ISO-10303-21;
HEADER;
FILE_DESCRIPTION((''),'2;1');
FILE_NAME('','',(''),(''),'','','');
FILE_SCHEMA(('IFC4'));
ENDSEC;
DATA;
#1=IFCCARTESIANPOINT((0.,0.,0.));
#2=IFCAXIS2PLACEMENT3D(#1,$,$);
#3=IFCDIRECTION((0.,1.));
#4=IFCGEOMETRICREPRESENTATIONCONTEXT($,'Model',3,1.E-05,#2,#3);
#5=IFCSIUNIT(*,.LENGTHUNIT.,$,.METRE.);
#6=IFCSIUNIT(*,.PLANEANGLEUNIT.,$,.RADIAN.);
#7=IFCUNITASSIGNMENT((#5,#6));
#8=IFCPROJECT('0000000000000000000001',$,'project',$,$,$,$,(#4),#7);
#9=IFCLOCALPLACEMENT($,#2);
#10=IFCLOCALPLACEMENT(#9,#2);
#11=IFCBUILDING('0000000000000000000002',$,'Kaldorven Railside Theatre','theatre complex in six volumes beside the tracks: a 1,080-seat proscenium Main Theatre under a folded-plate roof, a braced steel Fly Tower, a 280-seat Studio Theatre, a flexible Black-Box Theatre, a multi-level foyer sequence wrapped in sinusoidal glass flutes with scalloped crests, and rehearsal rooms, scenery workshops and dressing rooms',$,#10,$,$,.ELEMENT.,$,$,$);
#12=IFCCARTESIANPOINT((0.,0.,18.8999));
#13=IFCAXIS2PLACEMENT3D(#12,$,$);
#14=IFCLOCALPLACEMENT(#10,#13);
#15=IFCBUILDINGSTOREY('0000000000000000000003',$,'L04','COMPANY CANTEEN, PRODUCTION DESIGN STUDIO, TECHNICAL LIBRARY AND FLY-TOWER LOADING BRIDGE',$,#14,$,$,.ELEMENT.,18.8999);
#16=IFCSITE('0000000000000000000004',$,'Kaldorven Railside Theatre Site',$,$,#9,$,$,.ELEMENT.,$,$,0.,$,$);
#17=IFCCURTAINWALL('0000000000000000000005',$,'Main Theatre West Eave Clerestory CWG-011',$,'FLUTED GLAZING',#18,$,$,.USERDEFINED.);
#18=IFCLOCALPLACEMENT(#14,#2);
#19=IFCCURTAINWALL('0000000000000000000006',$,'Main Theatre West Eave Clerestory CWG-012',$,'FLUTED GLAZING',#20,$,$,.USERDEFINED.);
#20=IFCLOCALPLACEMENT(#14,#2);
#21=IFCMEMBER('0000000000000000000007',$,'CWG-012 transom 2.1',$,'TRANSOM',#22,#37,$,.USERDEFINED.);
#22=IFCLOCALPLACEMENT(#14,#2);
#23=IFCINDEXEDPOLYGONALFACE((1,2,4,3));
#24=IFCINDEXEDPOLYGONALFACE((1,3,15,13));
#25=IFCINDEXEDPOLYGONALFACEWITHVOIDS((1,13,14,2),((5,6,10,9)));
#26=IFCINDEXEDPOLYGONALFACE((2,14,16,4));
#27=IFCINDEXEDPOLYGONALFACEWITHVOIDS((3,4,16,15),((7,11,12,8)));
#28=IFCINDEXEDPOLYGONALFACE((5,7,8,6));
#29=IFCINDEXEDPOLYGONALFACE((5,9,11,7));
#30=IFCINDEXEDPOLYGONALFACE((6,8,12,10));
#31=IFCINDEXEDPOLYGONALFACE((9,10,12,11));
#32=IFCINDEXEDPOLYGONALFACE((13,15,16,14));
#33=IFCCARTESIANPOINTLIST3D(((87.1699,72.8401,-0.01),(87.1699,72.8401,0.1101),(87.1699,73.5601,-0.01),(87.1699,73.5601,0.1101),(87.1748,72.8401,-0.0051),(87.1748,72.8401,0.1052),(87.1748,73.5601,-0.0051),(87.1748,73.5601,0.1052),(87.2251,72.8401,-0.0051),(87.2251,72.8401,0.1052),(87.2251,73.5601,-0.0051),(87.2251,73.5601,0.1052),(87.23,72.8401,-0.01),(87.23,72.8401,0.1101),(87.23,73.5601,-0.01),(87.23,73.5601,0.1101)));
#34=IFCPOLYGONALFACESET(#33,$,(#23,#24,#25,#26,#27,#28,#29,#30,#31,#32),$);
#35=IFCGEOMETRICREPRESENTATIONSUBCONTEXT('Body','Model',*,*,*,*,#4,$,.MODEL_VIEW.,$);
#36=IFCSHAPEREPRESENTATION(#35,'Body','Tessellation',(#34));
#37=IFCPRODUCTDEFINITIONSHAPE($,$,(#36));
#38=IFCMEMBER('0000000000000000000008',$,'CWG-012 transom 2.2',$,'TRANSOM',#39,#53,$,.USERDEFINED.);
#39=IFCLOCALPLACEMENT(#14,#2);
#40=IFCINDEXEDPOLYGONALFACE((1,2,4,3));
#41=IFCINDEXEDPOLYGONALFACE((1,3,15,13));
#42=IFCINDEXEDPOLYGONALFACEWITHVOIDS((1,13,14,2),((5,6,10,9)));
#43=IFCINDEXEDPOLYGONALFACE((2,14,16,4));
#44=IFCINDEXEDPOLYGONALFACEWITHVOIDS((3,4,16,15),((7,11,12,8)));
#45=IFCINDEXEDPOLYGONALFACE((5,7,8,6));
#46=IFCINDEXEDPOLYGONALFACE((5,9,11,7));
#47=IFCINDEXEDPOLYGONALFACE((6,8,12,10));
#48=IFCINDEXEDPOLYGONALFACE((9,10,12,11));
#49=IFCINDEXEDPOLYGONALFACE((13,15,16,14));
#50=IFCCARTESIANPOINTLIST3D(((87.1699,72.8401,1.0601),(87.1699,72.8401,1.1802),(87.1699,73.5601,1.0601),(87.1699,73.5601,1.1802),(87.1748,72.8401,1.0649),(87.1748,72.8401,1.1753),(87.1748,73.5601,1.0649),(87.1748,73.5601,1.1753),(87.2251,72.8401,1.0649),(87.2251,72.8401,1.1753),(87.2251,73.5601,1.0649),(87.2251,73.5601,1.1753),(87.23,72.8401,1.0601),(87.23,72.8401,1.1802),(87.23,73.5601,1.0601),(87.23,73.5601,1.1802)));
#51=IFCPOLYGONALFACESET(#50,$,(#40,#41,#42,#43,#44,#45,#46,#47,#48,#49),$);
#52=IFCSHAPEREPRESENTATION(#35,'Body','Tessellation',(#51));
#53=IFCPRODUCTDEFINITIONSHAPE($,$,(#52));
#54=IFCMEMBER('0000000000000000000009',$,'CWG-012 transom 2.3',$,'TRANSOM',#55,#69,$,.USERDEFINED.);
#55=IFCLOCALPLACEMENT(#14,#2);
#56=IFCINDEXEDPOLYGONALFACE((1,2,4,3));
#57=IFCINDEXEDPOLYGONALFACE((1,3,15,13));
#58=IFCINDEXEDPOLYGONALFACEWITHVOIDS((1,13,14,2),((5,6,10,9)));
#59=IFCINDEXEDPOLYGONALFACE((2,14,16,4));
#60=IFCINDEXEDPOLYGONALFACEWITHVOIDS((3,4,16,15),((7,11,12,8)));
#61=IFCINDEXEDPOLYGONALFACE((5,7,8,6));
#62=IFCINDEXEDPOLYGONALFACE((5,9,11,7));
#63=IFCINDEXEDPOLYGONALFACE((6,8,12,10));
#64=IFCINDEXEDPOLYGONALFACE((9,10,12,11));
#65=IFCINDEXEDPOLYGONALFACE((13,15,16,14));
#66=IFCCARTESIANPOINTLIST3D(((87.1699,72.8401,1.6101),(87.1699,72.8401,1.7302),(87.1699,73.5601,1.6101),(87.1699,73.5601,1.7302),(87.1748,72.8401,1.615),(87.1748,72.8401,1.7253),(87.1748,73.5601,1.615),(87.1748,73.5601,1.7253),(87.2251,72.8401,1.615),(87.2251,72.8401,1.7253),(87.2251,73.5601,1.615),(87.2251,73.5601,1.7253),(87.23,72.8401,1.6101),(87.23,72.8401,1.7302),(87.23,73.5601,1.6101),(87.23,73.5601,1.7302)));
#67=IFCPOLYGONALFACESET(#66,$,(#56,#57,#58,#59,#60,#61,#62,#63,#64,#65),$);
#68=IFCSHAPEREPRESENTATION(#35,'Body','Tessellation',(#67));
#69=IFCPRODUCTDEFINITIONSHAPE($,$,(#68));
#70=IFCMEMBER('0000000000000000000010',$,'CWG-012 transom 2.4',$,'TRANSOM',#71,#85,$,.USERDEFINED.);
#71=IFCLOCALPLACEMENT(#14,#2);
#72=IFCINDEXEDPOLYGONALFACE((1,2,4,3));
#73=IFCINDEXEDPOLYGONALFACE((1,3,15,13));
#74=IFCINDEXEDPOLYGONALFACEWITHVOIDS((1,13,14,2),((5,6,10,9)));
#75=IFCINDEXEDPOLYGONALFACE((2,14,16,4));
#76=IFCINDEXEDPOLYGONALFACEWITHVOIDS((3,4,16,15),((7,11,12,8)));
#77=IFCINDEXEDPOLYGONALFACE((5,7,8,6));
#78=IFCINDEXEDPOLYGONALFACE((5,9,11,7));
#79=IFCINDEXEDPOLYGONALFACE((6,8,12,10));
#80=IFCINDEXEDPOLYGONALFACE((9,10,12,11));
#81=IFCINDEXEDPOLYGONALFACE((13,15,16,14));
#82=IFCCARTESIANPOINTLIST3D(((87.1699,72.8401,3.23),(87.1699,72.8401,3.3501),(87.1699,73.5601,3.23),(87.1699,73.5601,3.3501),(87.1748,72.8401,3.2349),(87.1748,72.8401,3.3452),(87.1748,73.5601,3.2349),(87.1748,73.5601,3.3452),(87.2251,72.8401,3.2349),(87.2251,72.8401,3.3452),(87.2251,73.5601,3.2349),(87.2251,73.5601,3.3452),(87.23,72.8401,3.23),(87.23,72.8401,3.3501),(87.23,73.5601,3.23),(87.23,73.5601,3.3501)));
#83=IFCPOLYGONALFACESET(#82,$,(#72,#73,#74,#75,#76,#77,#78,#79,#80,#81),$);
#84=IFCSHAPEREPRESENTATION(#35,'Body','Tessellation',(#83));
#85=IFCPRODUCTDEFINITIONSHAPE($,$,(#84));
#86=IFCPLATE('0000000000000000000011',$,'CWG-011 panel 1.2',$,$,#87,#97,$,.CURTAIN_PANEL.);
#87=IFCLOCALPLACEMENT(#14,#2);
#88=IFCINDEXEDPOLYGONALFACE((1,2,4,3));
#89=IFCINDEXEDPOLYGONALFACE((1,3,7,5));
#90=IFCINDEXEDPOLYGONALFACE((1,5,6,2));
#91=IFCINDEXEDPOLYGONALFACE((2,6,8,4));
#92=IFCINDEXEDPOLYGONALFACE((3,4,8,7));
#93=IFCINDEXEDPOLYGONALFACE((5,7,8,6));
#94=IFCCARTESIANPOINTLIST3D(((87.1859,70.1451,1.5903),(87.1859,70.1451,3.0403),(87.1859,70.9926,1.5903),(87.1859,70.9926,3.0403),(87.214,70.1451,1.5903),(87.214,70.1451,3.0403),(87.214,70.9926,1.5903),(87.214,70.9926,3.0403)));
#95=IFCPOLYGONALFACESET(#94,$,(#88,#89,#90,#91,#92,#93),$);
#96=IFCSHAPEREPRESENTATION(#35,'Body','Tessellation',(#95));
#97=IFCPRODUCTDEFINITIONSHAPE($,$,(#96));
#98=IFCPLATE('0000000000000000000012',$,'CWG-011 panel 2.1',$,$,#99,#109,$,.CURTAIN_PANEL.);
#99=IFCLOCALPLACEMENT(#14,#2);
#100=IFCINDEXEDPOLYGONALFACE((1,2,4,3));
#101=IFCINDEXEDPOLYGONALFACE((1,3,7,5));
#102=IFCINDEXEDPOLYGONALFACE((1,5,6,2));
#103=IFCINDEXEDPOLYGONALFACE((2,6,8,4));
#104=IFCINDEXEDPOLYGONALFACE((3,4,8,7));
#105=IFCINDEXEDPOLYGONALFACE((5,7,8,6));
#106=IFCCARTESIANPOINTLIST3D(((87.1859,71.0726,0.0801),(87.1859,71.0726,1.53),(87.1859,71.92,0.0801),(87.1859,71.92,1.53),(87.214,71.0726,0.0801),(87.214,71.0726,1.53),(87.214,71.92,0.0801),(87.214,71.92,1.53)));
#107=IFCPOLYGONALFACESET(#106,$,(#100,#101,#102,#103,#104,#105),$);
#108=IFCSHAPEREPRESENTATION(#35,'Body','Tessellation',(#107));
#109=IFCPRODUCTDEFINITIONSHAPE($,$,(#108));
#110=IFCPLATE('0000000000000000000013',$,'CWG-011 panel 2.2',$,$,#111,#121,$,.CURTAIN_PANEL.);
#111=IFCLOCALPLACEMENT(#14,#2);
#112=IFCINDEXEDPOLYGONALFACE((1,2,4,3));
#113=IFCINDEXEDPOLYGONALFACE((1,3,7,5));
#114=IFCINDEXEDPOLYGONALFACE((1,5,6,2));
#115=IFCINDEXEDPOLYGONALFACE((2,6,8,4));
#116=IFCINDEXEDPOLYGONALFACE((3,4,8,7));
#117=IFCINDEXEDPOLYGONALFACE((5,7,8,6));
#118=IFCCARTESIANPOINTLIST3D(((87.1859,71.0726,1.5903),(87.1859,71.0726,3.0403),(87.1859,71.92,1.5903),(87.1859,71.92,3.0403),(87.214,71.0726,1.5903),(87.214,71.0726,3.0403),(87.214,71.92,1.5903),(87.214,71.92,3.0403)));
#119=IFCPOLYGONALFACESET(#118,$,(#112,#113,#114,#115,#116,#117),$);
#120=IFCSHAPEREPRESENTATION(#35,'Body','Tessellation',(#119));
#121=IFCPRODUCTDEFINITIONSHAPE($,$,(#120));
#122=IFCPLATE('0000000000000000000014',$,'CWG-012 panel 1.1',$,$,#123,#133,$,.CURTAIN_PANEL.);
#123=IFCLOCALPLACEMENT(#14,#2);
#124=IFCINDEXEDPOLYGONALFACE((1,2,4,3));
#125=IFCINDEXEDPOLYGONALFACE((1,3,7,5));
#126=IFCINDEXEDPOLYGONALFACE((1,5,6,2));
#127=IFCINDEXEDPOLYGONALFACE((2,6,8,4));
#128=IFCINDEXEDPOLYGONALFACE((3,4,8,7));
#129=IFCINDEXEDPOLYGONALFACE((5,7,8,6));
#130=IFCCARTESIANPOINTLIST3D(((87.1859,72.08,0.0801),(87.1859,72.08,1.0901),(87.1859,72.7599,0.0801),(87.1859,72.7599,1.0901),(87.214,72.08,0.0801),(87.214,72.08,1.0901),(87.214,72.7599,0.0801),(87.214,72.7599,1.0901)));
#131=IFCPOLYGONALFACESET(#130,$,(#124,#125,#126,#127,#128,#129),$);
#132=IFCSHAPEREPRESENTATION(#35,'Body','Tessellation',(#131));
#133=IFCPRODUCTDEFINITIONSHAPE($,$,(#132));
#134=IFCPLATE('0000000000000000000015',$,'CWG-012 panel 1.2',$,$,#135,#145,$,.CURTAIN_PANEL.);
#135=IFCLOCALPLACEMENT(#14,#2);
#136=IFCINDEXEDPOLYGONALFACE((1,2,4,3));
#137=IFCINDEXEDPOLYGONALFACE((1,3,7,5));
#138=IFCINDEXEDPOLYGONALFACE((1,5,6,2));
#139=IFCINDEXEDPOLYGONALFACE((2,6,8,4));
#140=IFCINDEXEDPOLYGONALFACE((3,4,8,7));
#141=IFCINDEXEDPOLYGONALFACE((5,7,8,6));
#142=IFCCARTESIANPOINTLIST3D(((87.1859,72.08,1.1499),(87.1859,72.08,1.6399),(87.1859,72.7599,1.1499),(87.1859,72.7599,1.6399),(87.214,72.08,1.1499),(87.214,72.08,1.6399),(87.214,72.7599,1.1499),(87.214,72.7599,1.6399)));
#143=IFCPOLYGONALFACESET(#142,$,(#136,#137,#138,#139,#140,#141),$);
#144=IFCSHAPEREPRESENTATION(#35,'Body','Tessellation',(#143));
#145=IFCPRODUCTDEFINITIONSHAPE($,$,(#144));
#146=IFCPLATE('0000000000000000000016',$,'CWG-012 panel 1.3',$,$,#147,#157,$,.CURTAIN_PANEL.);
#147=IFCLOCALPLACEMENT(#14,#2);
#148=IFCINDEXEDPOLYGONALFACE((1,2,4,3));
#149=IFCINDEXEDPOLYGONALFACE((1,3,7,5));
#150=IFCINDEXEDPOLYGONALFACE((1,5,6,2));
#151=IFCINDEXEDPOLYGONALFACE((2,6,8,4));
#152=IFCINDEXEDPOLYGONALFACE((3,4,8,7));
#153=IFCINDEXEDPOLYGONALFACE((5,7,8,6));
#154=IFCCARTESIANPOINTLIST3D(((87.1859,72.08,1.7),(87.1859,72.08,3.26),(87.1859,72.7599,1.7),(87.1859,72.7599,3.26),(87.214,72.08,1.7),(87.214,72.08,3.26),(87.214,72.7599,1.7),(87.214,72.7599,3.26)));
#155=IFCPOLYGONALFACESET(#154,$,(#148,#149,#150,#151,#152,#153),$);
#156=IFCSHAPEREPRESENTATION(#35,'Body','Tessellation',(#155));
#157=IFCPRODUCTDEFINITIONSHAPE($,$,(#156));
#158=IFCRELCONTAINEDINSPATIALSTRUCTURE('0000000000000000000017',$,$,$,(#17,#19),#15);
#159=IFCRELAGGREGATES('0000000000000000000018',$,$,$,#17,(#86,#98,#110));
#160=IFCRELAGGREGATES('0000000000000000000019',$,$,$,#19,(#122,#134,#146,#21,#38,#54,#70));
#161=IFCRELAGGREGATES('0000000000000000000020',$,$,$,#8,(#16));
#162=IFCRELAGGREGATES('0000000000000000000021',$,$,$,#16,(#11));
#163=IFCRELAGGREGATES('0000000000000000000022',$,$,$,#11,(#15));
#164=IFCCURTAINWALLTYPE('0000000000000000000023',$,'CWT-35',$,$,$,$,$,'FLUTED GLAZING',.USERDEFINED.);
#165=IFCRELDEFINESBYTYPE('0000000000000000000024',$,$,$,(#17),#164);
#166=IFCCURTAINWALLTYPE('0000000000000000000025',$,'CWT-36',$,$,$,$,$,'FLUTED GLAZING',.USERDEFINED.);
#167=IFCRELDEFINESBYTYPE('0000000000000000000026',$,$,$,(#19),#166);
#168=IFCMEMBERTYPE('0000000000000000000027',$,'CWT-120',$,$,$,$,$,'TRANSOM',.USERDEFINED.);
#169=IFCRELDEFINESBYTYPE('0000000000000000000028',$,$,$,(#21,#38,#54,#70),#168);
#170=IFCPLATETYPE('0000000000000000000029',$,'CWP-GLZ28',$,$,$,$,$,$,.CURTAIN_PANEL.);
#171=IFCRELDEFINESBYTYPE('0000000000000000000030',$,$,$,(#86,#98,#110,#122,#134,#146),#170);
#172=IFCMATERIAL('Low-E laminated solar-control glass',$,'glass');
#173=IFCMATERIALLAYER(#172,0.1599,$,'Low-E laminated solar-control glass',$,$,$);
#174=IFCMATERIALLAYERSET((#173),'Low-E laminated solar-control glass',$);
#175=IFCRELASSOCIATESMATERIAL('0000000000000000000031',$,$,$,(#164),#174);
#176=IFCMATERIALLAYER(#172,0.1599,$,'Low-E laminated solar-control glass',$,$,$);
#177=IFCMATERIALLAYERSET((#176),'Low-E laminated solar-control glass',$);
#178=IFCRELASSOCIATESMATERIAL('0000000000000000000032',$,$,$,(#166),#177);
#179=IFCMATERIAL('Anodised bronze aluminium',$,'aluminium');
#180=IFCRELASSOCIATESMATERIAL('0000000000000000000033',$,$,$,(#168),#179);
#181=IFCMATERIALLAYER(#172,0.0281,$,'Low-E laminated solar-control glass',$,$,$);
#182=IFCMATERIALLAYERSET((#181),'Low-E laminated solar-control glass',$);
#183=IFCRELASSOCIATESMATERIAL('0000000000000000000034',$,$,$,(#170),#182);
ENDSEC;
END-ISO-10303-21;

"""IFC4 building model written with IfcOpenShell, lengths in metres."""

from ifc_helpers import new_model, si_unit, direction, frame, origin, origin_2d, place, context, subcontext, project, spatial, rectangle, hollow_rectangle, extrude, material, layer, layer_set, material_profile, profile_set, type_object, element, aggregate, save


model = new_model("IFC4")

# Units and contexts
model_context = context("Model", 3, precision=1e-05, world=origin(), true_north=direction((0.0, 1.0)))
body_context = subcontext(model_context, "Body", "Model", "MODEL_VIEW")
ifc_project = project(units=[si_unit("LENGTHUNIT", "METRE"), si_unit("PLANEANGLEUNIT", "RADIAN")], contexts=[model_context])

# Site, building, storey
site_placement = place(None, origin())
site = spatial("IfcSite", under=ifc_project, at=site_placement, Name="Kaldorven Railside Theatre Site", CompositionType="ELEMENT", RefElevation=0.0)
building_placement = place(site_placement, origin())
building = spatial("IfcBuilding", under=site, at=building_placement, Name="Kaldorven Railside Theatre", Description="theatre complex in six volumes beside the tracks: a 1,080-seat proscenium Main Theatre under a folded-plate roof, a braced steel Fly Tower, a 280-seat Studio Theatre, a flexible Black-Box Theatre, a multi-level foyer sequence wrapped in sinusoidal glass flutes with scalloped crests, and rehearsal rooms, scenery workshops and dressing rooms", CompositionType="ELEMENT")
storey_placement = place(building_placement, frame((0.0, 0.0, 18.8999)))
storey = spatial("IfcBuildingStorey", under=building, at=storey_placement, Name="L04", Description="COMPANY CANTEEN, PRODUCTION DESIGN STUDIO, TECHNICAL LIBRARY AND FLY-TOWER LOADING BRIDGE", CompositionType="ELEMENT", Elevation=18.8999)

# Curtain walls
ifc_material_1 = material(Name="Low-E laminated solar-control glass", Category="glass")
ifc_layer_1 = layer(ifc_material_1, 0.1599, Name="Low-E laminated solar-control glass")
ifc_layer_set_1 = layer_set([ifc_layer_1], Name="Low-E laminated solar-control glass")
curtain_wall_type_1 = type_object("IfcCurtainWallType", Name="CWT-35", ElementType="FLUTED GLAZING", PredefinedType="USERDEFINED", material=ifc_layer_set_1)
curtain_wall_1_placement = place(storey_placement, origin())
curtain_wall_1 = element("IfcCurtainWall", 1, at=curtain_wall_1_placement, inside=storey, type_object=curtain_wall_type_1, Name="Main Theatre West Eave Clerestory CWG-011", ObjectType="FLUTED GLAZING", PredefinedType="USERDEFINED")
ifc_material_2 = material(Name="Anodised bronze aluminium", Category="aluminium")
ifc_layer_2 = layer(ifc_material_1, 0.1599, Name="Low-E laminated solar-control glass")
ifc_layer_set_2 = layer_set([ifc_layer_2], Name="Low-E laminated solar-control glass")
curtain_wall_type_2 = type_object("IfcCurtainWallType", Name="CWT-36", ElementType="FLUTED GLAZING", PredefinedType="USERDEFINED", material=ifc_layer_set_2)
curtain_wall_2_placement = place(storey_placement, origin())
curtain_wall_2 = element("IfcCurtainWall", 2, at=curtain_wall_2_placement, inside=storey, type_object=curtain_wall_type_2, Name="Main Theatre West Eave Clerestory CWG-012", ObjectType="FLUTED GLAZING", PredefinedType="USERDEFINED")

# Members
ifc_material_profile_1 = material_profile(ifc_material_2, hollow_rectangle(XDim=0.0601, YDim=0.1201, WallThickness=0.0049, at=origin_2d()), Name="RHS 120x60x5")
ifc_profile_set_1 = profile_set([ifc_material_profile_1], Name="Anodised bronze aluminium")
member_type_1 = type_object("IfcMemberType", Name="CWT-120", ElementType="TRANSOM", PredefinedType="USERDEFINED", material=ifc_profile_set_1)
member_1_placement = place(storey_placement, frame((87.2, 72.8401, 0.05), z_axis=(0.0, 1.0, 0.0), x_axis=(-1.0, 0.0, 0.0)))
member_1 = element("IfcMember", 3, at=member_1_placement, type_object=member_type_1, Name="CWG-012 transom 2.1", ObjectType="TRANSOM", PredefinedType="USERDEFINED", context=body_context, shape_type="SweptSolid", body=[
    extrude(hollow_rectangle(XDim=0.0601, YDim=0.1201, WallThickness=0.0049, at=origin_2d()), origin(), (0.0, 0.0, 1.0), 0.72),
])
member_2_placement = place(storey_placement, frame((87.2, 72.8401, 1.1201), z_axis=(0.0, 1.0, 0.0), x_axis=(-1.0, 0.0, 0.0)))
member_2 = element("IfcMember", 4, at=member_2_placement, type_object=member_type_1, Name="CWG-012 transom 2.2", ObjectType="TRANSOM", PredefinedType="USERDEFINED", context=body_context, shape_type="SweptSolid", body=[
    extrude(hollow_rectangle(XDim=0.0601, YDim=0.1201, WallThickness=0.0049, at=origin_2d()), origin(), (0.0, 0.0, 1.0), 0.72),
])
member_3_placement = place(storey_placement, frame((87.2, 72.8401, 1.6702), z_axis=(0.0, 1.0, 0.0), x_axis=(-1.0, 0.0, 0.0)))
member_3 = element("IfcMember", 5, at=member_3_placement, type_object=member_type_1, Name="CWG-012 transom 2.3", ObjectType="TRANSOM", PredefinedType="USERDEFINED", context=body_context, shape_type="SweptSolid", body=[
    extrude(hollow_rectangle(XDim=0.0601, YDim=0.1201, WallThickness=0.0049, at=origin_2d()), origin(), (0.0, 0.0, 1.0), 0.72),
])
member_4_placement = place(storey_placement, frame((87.2, 72.8401, 3.29), z_axis=(0.0, 1.0, 0.0), x_axis=(-1.0, 0.0, 0.0)))
member_4 = element("IfcMember", 6, at=member_4_placement, type_object=member_type_1, Name="CWG-012 transom 2.4", ObjectType="TRANSOM", PredefinedType="USERDEFINED", context=body_context, shape_type="SweptSolid", body=[
    extrude(hollow_rectangle(XDim=0.0601, YDim=0.1201, WallThickness=0.0049, at=origin_2d()), origin(), (0.0, 0.0, 1.0), 0.72),
])

# Plates
ifc_layer_3 = layer(ifc_material_1, 0.0281, Name="Low-E laminated solar-control glass")
ifc_layer_set_3 = layer_set([ifc_layer_3], Name="Low-E laminated solar-control glass")
plate_type = type_object("IfcPlateType", Name="CWP-GLZ28", PredefinedType="CURTAIN_PANEL", material=ifc_layer_set_3)
plate_1_placement = place(storey_placement, frame((87.2, 70.5688, 1.5903), z_axis=(0.0, 0.0, 1.0), x_axis=(0.0, 1.0, 0.0)))
plate_1 = element("IfcPlate", 7, at=plate_1_placement, type_object=plate_type, Name="CWG-011 panel 1.2", PredefinedType="CURTAIN_PANEL", context=body_context, shape_type="SweptSolid", body=[
    extrude(rectangle(XDim=0.8474, YDim=0.0281, at=origin_2d()), origin(), (0.0, 0.0, 1.0), 1.45),
])
plate_2_placement = place(storey_placement, frame((87.2, 71.4963, 0.0801), z_axis=(0.0, 0.0, 1.0), x_axis=(0.0, 1.0, 0.0)))
plate_2 = element("IfcPlate", 8, at=plate_2_placement, type_object=plate_type, Name="CWG-011 panel 2.1", PredefinedType="CURTAIN_PANEL", context=body_context, shape_type="SweptSolid", body=[
    extrude(rectangle(XDim=0.8474, YDim=0.0281, at=origin_2d()), origin(), (0.0, 0.0, 1.0), 1.45),
])
plate_3_placement = place(storey_placement, frame((87.2, 71.4963, 1.5903), z_axis=(0.0, 0.0, 1.0), x_axis=(0.0, 1.0, 0.0)))
plate_3 = element("IfcPlate", 9, at=plate_3_placement, type_object=plate_type, Name="CWG-011 panel 2.2", PredefinedType="CURTAIN_PANEL", context=body_context, shape_type="SweptSolid", body=[
    extrude(rectangle(XDim=0.8474, YDim=0.0281, at=origin_2d()), origin(), (0.0, 0.0, 1.0), 1.45),
])
aggregate(curtain_wall_1, [plate_1, plate_2, plate_3])
plate_4_placement = place(storey_placement, frame((87.2, 72.4199, 0.0801), z_axis=(0.0, 0.0, 1.0), x_axis=(0.0, 1.0, 0.0)))
plate_4 = element("IfcPlate", 10, at=plate_4_placement, type_object=plate_type, Name="CWG-012 panel 1.1", PredefinedType="CURTAIN_PANEL", context=body_context, shape_type="SweptSolid", body=[
    extrude(rectangle(XDim=0.6799, YDim=0.0281, at=origin_2d()), origin(), (0.0, 0.0, 1.0), 1.01),
])
plate_5_placement = place(storey_placement, frame((87.2, 72.4199, 1.1499), z_axis=(0.0, 0.0, 1.0), x_axis=(0.0, 1.0, 0.0)))
plate_5 = element("IfcPlate", 11, at=plate_5_placement, type_object=plate_type, Name="CWG-012 panel 1.2", PredefinedType="CURTAIN_PANEL", context=body_context, shape_type="SweptSolid", body=[
    extrude(rectangle(XDim=0.6799, YDim=0.0281, at=origin_2d()), origin(), (0.0, 0.0, 1.0), 0.49),
])
plate_6_placement = place(storey_placement, frame((87.2, 72.4199, 1.7), z_axis=(0.0, 0.0, 1.0), x_axis=(0.0, 1.0, 0.0)))
plate_6 = element("IfcPlate", 12, at=plate_6_placement, type_object=plate_type, Name="CWG-012 panel 1.3", PredefinedType="CURTAIN_PANEL", context=body_context, shape_type="SweptSolid", body=[
    extrude(rectangle(XDim=0.6799, YDim=0.0281, at=origin_2d()), origin(), (0.0, 0.0, 1.0), 1.5601),
])
aggregate(curtain_wall_2, [plate_4, plate_5, plate_6, member_1, member_2, member_3, member_4])

save(model, "model.ifc")
